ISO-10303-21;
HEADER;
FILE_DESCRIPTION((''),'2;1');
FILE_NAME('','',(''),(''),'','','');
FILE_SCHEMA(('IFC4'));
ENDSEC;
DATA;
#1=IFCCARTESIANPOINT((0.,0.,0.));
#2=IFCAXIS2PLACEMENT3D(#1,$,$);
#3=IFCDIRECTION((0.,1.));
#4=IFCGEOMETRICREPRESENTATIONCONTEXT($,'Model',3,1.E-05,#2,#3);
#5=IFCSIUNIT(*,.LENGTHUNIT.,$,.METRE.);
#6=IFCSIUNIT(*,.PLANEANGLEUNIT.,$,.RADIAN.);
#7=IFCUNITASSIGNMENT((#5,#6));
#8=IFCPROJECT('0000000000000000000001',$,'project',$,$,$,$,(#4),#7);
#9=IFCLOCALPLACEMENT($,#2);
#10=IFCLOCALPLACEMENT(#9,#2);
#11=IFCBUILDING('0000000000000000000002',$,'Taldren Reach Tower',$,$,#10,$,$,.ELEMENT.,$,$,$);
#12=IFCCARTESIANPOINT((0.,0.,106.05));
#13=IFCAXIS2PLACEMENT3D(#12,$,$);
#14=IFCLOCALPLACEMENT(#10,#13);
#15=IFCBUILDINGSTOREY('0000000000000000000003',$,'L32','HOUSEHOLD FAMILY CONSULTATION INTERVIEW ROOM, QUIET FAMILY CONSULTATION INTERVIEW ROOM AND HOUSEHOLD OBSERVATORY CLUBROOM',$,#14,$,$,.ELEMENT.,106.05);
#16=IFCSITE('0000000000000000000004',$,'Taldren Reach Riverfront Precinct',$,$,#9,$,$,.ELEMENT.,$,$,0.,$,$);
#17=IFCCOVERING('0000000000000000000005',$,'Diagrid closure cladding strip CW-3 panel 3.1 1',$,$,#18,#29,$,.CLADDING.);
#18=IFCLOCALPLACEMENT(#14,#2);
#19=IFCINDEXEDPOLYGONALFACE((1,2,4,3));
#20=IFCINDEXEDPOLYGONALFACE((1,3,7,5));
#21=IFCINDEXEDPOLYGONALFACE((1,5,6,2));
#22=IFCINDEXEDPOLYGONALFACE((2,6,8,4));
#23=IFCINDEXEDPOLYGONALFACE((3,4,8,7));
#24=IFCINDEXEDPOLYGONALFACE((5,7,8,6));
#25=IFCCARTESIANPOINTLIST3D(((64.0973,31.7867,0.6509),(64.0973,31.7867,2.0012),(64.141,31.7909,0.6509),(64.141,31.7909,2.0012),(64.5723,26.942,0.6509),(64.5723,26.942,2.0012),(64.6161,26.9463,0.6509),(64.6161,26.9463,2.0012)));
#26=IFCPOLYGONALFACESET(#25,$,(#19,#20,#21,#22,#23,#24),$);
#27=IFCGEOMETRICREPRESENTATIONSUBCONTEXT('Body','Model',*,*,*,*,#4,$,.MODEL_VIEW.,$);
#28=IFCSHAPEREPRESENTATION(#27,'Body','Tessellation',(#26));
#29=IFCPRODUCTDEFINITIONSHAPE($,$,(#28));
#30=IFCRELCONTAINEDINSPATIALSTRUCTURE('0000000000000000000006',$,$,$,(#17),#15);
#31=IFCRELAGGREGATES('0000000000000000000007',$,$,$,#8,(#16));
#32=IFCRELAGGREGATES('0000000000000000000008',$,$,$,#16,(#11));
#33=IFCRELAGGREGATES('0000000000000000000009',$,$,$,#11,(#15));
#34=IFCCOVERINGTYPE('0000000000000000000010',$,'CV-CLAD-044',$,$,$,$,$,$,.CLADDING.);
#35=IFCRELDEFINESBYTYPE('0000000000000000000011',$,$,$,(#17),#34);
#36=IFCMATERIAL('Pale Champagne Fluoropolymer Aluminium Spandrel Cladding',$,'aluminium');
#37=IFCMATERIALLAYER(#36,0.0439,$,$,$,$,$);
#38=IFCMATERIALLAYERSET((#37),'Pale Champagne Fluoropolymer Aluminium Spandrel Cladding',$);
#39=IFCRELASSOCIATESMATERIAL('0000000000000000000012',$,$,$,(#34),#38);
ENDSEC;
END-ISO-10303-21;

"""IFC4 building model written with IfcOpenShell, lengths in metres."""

from ifc_helpers import new_model, si_unit, direction, frame, origin, origin_2d, place, context, subcontext, project, spatial, rectangle, extrude, source, transform, mapped, material, layer, layer_set, type_object, element, save


model = new_model("IFC4")

# Units and contexts
model_context = context("Model", 3, precision=1e-05, world=origin(), true_north=direction((0.0, 1.0)))
body_context = subcontext(model_context, "Body", "Model", "MODEL_VIEW")
ifc_project = project(units=[si_unit("LENGTHUNIT", "METRE"), si_unit("PLANEANGLEUNIT", "RADIAN")], contexts=[model_context])

# Site, building, storey
site_placement = place(None, origin())
site = spatial("IfcSite", under=ifc_project, at=site_placement, Name="Taldren Reach Riverfront Precinct", CompositionType="ELEMENT", RefElevation=0.0)
building_placement = place(site_placement, origin())
building = spatial("IfcBuilding", under=site, at=building_placement, Name="Taldren Reach Tower", CompositionType="ELEMENT")
storey_placement = place(building_placement, frame((0.0, 0.0, 106.05)))
storey = spatial("IfcBuildingStorey", under=building, at=storey_placement, Name="L32", Description="HOUSEHOLD FAMILY CONSULTATION INTERVIEW ROOM, QUIET FAMILY CONSULTATION INTERVIEW ROOM AND HOUSEHOLD OBSERVATORY CLUBROOM", CompositionType="ELEMENT", Elevation=106.05)

# Covering
ifc_material_1 = material(Name="Pale Champagne Fluoropolymer Aluminium Spandrel Cladding", Category="aluminium")
ifc_layer_1 = layer(ifc_material_1, 0.0439)
ifc_layer_set_1 = layer_set([ifc_layer_1], Name="Pale Champagne Fluoropolymer Aluminium Spandrel Cladding")
covering_type = type_object("IfcCoveringType", Name="CV-CLAD-044", PredefinedType="CLADDING", material=ifc_layer_set_1)
shared_shape_1 = source(origin(), body_context, "Body", "SweptSolid", [
    extrude(rectangle(XDim=4.8679, YDim=0.0439, at=origin_2d()), origin(), (0.0, 0.0, 1.0), 1.3503),
])
covering_1_placement = place(storey_placement, frame((64.3567, 29.3665, 0.6509), z_axis=(0.0, 0.0, 1.0), x_axis=(-0.097583, 0.995227, 0.0)))
element("IfcCovering", 1, at=covering_1_placement, inside=storey, type_object=covering_type, Name="Diagrid closure cladding strip CW-3 panel 3.1 1", PredefinedType="CLADDING", context=body_context, shape_type="MappedRepresentation", body=[
    mapped(shared_shape_1, transform((0.0, 0.0, 0.0), scale=1.0)),
])

save(model, "model.ifc")
